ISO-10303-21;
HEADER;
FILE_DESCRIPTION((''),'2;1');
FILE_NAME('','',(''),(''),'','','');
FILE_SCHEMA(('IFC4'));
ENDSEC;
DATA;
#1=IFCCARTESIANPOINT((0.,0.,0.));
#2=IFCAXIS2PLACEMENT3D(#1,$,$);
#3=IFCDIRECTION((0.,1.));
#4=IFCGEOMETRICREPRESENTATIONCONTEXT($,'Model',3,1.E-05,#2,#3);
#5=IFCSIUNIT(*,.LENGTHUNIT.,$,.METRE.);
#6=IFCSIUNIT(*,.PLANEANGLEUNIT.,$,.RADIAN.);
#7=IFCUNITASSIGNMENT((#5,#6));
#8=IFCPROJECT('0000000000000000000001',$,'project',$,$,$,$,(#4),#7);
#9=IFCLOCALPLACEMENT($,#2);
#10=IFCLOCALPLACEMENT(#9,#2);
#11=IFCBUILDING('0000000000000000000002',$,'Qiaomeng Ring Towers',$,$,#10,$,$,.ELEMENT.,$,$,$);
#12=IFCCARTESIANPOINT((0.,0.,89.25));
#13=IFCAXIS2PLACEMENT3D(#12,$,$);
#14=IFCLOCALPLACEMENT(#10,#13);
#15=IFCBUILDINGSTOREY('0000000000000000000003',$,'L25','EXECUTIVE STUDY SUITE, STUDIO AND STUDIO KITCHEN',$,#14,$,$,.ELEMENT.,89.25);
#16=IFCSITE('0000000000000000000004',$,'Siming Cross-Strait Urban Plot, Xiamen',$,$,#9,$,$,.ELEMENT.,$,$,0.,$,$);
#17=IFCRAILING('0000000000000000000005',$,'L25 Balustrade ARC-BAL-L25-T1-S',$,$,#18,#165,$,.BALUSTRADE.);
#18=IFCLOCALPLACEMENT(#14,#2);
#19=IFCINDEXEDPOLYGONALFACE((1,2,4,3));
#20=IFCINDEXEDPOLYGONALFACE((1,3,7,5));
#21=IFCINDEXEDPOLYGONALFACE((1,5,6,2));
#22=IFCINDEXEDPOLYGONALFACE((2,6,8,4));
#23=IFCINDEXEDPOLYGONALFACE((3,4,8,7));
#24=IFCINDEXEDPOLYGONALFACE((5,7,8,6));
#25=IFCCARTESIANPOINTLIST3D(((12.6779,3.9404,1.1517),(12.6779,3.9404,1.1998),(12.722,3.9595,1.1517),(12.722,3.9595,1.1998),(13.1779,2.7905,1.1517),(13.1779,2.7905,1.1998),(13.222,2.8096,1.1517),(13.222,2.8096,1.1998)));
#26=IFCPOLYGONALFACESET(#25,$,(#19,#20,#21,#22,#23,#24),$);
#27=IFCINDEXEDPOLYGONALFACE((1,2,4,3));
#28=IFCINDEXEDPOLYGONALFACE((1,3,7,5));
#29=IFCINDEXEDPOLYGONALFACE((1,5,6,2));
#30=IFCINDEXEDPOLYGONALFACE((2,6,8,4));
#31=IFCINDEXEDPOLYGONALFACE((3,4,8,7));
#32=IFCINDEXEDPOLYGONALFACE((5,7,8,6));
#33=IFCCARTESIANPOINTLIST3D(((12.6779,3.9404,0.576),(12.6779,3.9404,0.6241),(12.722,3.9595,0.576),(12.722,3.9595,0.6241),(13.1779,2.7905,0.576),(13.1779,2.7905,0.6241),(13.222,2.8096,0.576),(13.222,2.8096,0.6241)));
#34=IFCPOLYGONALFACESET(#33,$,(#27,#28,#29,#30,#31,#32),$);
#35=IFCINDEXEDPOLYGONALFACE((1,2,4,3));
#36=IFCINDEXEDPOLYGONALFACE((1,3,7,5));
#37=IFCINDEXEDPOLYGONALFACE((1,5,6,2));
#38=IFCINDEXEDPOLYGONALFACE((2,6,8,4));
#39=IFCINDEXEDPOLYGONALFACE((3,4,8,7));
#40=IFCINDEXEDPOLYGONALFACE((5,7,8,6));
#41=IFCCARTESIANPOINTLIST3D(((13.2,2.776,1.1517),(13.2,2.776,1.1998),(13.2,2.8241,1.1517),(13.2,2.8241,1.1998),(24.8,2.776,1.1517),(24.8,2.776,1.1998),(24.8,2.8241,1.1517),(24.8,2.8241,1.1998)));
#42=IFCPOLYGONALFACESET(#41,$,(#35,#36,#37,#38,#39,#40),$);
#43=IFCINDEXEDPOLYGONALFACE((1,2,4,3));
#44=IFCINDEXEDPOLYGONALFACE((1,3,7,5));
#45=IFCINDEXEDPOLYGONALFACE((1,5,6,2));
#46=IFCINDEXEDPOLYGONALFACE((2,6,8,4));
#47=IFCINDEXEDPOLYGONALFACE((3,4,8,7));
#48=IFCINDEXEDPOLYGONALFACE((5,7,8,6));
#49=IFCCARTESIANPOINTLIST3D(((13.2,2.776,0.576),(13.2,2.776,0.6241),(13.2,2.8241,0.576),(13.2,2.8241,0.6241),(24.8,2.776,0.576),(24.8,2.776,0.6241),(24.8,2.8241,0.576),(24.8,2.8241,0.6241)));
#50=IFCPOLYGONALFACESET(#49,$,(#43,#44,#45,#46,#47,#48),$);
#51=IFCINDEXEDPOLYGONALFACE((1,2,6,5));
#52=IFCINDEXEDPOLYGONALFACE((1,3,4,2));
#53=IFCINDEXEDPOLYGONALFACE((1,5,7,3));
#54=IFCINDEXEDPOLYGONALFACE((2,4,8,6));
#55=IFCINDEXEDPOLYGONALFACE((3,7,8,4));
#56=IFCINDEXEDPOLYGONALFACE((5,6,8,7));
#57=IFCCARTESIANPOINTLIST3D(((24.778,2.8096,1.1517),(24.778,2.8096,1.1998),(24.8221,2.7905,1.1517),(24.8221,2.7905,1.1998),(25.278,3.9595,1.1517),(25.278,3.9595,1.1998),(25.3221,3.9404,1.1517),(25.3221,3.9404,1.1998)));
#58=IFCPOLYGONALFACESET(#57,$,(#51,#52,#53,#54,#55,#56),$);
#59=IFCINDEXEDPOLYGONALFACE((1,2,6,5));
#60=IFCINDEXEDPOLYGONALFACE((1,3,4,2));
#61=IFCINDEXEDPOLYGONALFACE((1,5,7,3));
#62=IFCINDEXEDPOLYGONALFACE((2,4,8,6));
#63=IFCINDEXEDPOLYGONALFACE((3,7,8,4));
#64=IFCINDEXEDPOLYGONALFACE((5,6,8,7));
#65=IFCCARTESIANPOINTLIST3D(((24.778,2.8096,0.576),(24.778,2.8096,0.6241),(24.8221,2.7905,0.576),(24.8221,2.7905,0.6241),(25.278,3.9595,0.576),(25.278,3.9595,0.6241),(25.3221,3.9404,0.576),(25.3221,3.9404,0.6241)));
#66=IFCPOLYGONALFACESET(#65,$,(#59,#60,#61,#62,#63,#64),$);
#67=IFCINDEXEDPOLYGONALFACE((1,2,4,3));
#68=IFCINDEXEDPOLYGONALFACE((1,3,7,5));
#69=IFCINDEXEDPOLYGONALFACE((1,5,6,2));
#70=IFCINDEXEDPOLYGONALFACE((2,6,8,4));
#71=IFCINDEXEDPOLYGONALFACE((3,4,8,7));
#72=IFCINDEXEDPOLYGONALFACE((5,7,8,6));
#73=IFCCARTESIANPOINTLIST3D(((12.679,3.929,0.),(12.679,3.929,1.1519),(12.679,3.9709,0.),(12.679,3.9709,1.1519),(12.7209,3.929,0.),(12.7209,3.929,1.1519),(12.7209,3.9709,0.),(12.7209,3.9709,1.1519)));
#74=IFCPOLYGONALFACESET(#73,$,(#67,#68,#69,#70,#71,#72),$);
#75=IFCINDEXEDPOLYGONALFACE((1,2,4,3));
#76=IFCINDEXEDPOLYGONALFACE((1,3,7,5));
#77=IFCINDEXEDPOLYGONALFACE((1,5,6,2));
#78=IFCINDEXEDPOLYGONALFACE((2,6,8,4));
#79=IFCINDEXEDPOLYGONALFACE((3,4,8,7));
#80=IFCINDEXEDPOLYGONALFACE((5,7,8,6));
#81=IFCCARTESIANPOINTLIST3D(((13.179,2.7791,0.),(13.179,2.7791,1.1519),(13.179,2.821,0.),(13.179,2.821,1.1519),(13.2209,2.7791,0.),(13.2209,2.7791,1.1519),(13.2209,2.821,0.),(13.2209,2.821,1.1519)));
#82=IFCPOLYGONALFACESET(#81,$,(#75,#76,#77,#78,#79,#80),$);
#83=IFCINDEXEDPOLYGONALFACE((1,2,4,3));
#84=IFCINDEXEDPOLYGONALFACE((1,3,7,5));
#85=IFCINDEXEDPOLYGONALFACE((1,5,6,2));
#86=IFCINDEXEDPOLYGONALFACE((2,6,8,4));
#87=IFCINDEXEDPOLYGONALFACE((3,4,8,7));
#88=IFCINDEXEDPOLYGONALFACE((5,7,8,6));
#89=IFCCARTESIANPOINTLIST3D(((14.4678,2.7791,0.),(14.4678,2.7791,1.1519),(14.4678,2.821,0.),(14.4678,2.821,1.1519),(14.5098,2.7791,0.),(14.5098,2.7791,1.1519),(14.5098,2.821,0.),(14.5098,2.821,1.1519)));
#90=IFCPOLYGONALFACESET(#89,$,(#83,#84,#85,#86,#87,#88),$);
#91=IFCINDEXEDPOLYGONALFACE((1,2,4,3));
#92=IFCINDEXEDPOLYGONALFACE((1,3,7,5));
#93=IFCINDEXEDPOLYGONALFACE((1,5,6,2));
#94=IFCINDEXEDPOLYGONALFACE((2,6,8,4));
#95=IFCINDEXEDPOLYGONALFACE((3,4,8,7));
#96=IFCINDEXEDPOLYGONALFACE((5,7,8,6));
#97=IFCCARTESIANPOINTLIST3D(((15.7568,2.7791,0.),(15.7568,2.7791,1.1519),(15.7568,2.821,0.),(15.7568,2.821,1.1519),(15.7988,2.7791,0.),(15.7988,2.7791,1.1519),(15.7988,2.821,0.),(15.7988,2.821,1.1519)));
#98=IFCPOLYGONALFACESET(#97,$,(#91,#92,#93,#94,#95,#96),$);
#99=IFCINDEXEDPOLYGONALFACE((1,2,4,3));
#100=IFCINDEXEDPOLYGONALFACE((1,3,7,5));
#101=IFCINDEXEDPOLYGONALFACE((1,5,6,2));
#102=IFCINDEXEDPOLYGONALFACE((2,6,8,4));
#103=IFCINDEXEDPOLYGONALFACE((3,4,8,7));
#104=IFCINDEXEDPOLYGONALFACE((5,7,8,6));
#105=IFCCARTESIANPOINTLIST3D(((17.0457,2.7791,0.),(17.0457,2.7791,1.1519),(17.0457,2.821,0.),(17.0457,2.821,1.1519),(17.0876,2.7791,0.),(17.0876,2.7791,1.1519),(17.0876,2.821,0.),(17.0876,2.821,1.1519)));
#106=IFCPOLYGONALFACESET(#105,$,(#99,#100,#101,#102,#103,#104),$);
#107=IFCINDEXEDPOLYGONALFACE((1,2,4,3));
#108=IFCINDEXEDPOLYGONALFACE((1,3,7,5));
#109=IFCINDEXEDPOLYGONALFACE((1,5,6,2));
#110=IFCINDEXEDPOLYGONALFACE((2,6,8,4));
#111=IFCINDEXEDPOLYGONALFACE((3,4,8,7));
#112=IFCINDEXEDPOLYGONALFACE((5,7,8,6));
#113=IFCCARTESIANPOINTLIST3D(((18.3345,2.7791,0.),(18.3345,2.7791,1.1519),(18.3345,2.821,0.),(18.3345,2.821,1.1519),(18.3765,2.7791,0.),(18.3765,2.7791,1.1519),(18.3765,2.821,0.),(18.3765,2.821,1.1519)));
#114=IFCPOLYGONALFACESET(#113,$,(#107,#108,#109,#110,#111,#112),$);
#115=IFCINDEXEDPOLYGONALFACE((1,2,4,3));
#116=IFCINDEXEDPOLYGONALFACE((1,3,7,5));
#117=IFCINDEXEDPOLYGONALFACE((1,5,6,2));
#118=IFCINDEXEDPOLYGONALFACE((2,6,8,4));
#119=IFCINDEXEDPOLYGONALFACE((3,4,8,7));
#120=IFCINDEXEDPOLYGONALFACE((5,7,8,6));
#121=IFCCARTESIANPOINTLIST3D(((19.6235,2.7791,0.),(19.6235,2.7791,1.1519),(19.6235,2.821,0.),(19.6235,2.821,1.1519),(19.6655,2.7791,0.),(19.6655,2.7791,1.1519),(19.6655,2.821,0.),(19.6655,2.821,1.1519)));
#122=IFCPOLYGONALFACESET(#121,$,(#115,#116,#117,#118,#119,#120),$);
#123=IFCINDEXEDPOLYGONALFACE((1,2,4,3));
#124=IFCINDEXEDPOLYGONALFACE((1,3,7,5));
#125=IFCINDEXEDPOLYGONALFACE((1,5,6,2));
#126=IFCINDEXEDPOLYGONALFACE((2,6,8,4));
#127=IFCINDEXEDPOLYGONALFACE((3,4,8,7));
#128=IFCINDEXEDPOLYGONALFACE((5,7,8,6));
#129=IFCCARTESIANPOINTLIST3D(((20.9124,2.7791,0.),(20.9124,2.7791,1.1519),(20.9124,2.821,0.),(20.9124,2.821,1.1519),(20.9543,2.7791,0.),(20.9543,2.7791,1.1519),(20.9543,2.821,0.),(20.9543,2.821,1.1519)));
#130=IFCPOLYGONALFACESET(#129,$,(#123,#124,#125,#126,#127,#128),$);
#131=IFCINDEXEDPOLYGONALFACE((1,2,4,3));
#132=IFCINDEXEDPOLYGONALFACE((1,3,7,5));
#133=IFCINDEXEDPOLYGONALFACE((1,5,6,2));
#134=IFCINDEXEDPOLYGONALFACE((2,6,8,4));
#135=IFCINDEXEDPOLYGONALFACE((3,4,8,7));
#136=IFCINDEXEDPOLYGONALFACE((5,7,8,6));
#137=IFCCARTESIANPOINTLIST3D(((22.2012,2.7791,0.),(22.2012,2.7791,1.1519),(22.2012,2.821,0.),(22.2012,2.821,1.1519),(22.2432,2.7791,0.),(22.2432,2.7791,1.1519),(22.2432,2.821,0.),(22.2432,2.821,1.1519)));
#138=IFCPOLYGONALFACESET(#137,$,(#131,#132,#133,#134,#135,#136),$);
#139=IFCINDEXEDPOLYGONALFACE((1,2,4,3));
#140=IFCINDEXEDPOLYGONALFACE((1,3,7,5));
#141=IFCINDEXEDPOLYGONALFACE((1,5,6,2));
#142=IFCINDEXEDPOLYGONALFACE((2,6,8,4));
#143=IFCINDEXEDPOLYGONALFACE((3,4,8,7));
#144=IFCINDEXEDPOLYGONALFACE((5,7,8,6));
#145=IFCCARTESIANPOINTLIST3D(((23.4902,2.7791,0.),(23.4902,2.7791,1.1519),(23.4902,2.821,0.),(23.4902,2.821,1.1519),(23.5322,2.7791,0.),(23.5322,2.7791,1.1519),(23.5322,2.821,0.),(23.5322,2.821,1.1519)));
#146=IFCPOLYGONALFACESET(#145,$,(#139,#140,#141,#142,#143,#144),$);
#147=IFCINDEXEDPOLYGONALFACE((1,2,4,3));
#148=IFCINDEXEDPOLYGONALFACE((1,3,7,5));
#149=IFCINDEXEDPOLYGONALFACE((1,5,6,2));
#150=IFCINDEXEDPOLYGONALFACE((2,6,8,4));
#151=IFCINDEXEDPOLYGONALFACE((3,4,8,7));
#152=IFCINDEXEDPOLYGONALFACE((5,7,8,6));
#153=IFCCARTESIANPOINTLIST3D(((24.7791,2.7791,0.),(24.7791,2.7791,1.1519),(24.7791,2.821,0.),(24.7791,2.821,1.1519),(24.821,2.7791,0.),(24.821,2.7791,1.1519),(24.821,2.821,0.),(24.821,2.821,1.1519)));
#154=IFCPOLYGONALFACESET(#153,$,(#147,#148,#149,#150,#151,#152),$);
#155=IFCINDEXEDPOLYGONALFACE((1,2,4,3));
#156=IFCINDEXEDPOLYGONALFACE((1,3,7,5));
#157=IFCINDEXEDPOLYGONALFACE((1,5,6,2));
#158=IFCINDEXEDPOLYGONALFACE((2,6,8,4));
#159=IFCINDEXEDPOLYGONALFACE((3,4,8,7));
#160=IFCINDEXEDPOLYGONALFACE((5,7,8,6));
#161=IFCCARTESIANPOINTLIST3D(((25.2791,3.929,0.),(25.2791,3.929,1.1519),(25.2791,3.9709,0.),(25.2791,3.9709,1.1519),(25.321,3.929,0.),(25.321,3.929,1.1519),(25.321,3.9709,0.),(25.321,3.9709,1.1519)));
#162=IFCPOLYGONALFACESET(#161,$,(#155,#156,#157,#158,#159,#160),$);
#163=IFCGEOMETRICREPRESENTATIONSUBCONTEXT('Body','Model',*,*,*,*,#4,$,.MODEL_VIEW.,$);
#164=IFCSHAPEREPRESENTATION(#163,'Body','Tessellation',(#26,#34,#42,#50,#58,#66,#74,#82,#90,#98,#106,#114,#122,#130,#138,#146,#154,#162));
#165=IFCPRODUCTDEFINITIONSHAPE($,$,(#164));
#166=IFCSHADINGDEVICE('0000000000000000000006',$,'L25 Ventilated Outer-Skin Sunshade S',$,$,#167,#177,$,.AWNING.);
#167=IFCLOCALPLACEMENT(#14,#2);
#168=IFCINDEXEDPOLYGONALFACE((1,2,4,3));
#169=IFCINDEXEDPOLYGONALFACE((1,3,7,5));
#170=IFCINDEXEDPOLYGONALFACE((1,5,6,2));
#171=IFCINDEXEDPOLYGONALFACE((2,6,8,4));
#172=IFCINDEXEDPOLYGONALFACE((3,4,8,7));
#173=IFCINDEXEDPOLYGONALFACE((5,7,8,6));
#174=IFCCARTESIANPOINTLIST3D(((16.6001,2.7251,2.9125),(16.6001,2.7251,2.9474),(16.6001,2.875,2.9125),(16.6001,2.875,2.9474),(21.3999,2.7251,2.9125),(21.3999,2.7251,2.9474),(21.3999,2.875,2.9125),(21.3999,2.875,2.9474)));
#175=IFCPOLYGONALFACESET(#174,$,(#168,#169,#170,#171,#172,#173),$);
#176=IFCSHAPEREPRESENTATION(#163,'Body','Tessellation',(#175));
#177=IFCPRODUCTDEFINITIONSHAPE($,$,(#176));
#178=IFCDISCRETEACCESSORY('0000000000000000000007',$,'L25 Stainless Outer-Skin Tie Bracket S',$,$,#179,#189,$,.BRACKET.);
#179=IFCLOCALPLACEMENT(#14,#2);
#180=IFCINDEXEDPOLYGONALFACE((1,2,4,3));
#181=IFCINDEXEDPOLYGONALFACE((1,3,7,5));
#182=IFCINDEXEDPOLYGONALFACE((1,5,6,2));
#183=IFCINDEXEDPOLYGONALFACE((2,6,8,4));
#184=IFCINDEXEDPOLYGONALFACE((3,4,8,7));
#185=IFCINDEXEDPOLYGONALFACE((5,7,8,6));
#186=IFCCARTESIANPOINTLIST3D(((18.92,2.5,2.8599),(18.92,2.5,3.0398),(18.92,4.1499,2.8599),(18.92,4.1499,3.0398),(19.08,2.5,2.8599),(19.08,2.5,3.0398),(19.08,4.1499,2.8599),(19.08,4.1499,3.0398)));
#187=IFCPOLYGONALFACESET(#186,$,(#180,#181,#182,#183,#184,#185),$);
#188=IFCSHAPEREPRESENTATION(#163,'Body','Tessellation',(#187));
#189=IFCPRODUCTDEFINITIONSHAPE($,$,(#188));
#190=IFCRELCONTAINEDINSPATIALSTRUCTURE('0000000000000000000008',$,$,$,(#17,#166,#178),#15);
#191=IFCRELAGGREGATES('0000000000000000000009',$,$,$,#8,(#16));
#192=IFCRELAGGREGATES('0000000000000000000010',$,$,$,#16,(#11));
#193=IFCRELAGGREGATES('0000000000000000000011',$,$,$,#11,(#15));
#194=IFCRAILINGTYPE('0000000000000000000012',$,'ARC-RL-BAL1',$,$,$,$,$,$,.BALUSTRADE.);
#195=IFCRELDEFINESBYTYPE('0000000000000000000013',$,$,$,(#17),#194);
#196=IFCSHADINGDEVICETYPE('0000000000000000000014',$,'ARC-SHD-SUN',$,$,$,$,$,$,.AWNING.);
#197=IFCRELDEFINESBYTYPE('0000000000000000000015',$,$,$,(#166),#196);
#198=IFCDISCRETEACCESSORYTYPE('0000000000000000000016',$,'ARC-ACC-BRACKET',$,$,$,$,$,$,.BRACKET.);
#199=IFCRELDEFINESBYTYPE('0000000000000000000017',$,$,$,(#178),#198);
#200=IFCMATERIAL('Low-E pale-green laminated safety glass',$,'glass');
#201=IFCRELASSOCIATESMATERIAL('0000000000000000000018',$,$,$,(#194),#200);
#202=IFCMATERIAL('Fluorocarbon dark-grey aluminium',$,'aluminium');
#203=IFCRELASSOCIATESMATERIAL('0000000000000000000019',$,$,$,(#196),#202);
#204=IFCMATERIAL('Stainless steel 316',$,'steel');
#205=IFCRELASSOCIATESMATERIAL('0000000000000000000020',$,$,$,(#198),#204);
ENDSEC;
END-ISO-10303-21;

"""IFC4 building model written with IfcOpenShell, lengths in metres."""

from ifc_helpers import new_model, si_unit, direction, frame, origin, origin_2d, place, context, subcontext, project, spatial, rectangle, extrude, source, transform, mapped, material, material_profile, profile_set, type_object, element, save


model = new_model("IFC4")

# Units and contexts
model_context = context("Model", 3, precision=1e-05, world=origin(), true_north=direction((0.0, 1.0)))
body_context = subcontext(model_context, "Body", "Model", "MODEL_VIEW")
ifc_project = project(units=[si_unit("LENGTHUNIT", "METRE"), si_unit("PLANEANGLEUNIT", "RADIAN")], contexts=[model_context])

# Site, building, storey
site_placement = place(None, origin())
site = spatial("IfcSite", under=ifc_project, at=site_placement, Name="Siming Cross-Strait Urban Plot, Xiamen", CompositionType="ELEMENT", RefElevation=0.0)
building_placement = place(site_placement, origin())
building = spatial("IfcBuilding", under=site, at=building_placement, Name="Qiaomeng Ring Towers", CompositionType="ELEMENT")
storey_placement = place(building_placement, frame((0.0, 0.0, 89.25)))
storey = spatial("IfcBuildingStorey", under=building, at=storey_placement, Name="L25", Description="EXECUTIVE STUDY SUITE, STUDIO AND STUDIO KITCHEN", CompositionType="ELEMENT", Elevation=89.25)

# Shared definitions
ifc_material_1 = material(Name="Stainless steel 316", Category="steel")

# Railing
ifc_material_2 = material(Name="Low-E pale-green laminated safety glass", Category="glass")
railing_type = type_object("IfcRailingType", Name="ARC-RL-BAL1", PredefinedType="BALUSTRADE", material=ifc_material_2)
railing_placement = place(storey_placement, frame((12.7, 3.95, 0.0)))
element("IfcRailing", 1, at=railing_placement, inside=storey, type_object=railing_type, Name="L25 Balustrade ARC-BAL-L25-T1-S", PredefinedType="BALUSTRADE", context=body_context, shape_type="SweptSolid", body=[
    extrude(rectangle(XDim=0.0481, YDim=0.0481, at=origin_2d()), frame((0.0, 0.0, 1.1758), z_axis=(0.398755, -0.917058, 0.0), x_axis=(0.917058, 0.398755, 0.0)), (0.0, 0.0, 1.0), 1.2539),
    extrude(rectangle(XDim=0.0481, YDim=0.0481, at=origin_2d()), frame((0.0, 0.0, 0.6001), z_axis=(0.398755, -0.917058, 0.0), x_axis=(0.917058, 0.398755, 0.0)), (0.0, 0.0, 1.0), 1.2539),
    extrude(rectangle(XDim=0.0481, YDim=0.0481, at=origin_2d()), frame((0.5, -1.1499, 1.1758), z_axis=(1.0, 0.0, 0.0), x_axis=(0.0, 1.0, 0.0)), (0.0, 0.0, 1.0), 11.6001),
    extrude(rectangle(XDim=0.0481, YDim=0.0481, at=origin_2d()), frame((0.5, -1.1499, 0.6001), z_axis=(1.0, 0.0, 0.0), x_axis=(0.0, 1.0, 0.0)), (0.0, 0.0, 1.0), 11.6001),
    extrude(rectangle(XDim=0.0481, YDim=0.0481, at=origin_2d()), frame((12.1001, -1.1499, 1.1758), z_axis=(0.398755, 0.917058, 0.0), x_axis=(-0.917058, 0.398755, 0.0)), (0.0, 0.0, 1.0), 1.2539),
    extrude(rectangle(XDim=0.0481, YDim=0.0481, at=origin_2d()), frame((12.1001, -1.1499, 0.6001), z_axis=(0.398755, 0.917058, 0.0), x_axis=(-0.917058, 0.398755, 0.0)), (0.0, 0.0, 1.0), 1.2539),
    extrude(rectangle(XDim=0.042, YDim=0.042, at=origin_2d()), origin(), (0.0, 0.0, 1.0), 1.1519),
    extrude(rectangle(XDim=0.042, YDim=0.042, at=origin_2d()), frame((0.5, -1.1499, 0.0)), (0.0, 0.0, 1.0), 1.1519),
    extrude(rectangle(XDim=0.042, YDim=0.042, at=origin_2d()), frame((1.7888, -1.1499, 0.0)), (0.0, 0.0, 1.0), 1.1519),
    extrude(rectangle(XDim=0.042, YDim=0.042, at=origin_2d()), frame((3.0779, -1.1499, 0.0)), (0.0, 0.0, 1.0), 1.1519),
    extrude(rectangle(XDim=0.042, YDim=0.042, at=origin_2d()), frame((4.3667, -1.1499, 0.0)), (0.0, 0.0, 1.0), 1.1519),
    extrude(rectangle(XDim=0.042, YDim=0.042, at=origin_2d()), frame((5.6555, -1.1499, 0.0)), (0.0, 0.0, 1.0), 1.1519),
    extrude(rectangle(XDim=0.042, YDim=0.042, at=origin_2d()), frame((6.9446, -1.1499, 0.0)), (0.0, 0.0, 1.0), 1.1519),
    extrude(rectangle(XDim=0.042, YDim=0.042, at=origin_2d()), frame((8.2334, -1.1499, 0.0)), (0.0, 0.0, 1.0), 1.1519),
    extrude(rectangle(XDim=0.042, YDim=0.042, at=origin_2d()), frame((9.5222, -1.1499, 0.0)), (0.0, 0.0, 1.0), 1.1519),
    extrude(rectangle(XDim=0.042, YDim=0.042, at=origin_2d()), frame((10.8113, -1.1499, 0.0)), (0.0, 0.0, 1.0), 1.1519),
    extrude(rectangle(XDim=0.042, YDim=0.042, at=origin_2d()), frame((12.1001, -1.1499, 0.0)), (0.0, 0.0, 1.0), 1.1519),
    extrude(rectangle(XDim=0.042, YDim=0.042, at=origin_2d()), frame((12.6001, 0.0, 0.0)), (0.0, 0.0, 1.0), 1.1519),
])

# Shading device
ifc_material_3 = material(Name="Fluorocarbon dark-grey aluminium", Category="aluminium")
ifc_material_profile_1 = material_profile(ifc_material_3, rectangle(XDim=0.1499, YDim=0.0349, at=origin_2d()), Name="LV BLADE 150x35")
ifc_profile_set_1 = profile_set([ifc_material_profile_1], Name="Fluorocarbon dark-grey aluminium")
shading_device_type = type_object("IfcShadingDeviceType", Name="ARC-SHD-SUN", PredefinedType="AWNING", material=ifc_profile_set_1)
shared_shape_1 = source(origin(), body_context, "Body", "SweptSolid", [
    extrude(rectangle(XDim=0.1499, YDim=0.0349, at=origin_2d()), origin(), (0.0, 0.0, 1.0), 4.7998),
])
shading_device_placement = place(storey_placement, frame((16.6001, 2.8, 2.9299), z_axis=(1.0, 0.0, 0.0), x_axis=(0.0, 1.0, 0.0)))
element("IfcShadingDevice", 2, at=shading_device_placement, inside=storey, type_object=shading_device_type, Name="L25 Ventilated Outer-Skin Sunshade S", PredefinedType="AWNING", context=body_context, shape_type="MappedRepresentation", body=[
    mapped(shared_shape_1, transform((0.0, 0.0, 0.0), x_axis=(1.0, 0.0, 0.0), y_axis=(0.0, 1.0, 0.0), z_axis=(0.0, 0.0, 1.0), scale=1.0)),
])

# Discrete accessory
discrete_accessory_type = type_object("IfcDiscreteAccessoryType", Name="ARC-ACC-BRACKET", PredefinedType="BRACKET", material=ifc_material_1)
shared_shape_2 = source(origin(), body_context, "Body", "SweptSolid", [
    extrude(rectangle(XDim=0.1599, YDim=1.6499, at=origin_2d()), origin(), (0.0, 0.0, 1.0), 0.1799),
])
discrete_accessory_placement = place(storey_placement, frame((19.0, 3.325, 2.8599), z_axis=(0.0, 0.0, 1.0), x_axis=(1.0, 0.0, 0.0)))
element("IfcDiscreteAccessory", 3, at=discrete_accessory_placement, inside=storey, type_object=discrete_accessory_type, Name="L25 Stainless Outer-Skin Tie Bracket S", PredefinedType="BRACKET", context=body_context, shape_type="MappedRepresentation", body=[
    mapped(shared_shape_2, transform((0.0, 0.0, 0.0), x_axis=(1.0, 0.0, 0.0), y_axis=(0.0, 1.0, 0.0), z_axis=(0.0, 0.0, 1.0), scale=1.0)),
])

save(model, "model.ifc")
